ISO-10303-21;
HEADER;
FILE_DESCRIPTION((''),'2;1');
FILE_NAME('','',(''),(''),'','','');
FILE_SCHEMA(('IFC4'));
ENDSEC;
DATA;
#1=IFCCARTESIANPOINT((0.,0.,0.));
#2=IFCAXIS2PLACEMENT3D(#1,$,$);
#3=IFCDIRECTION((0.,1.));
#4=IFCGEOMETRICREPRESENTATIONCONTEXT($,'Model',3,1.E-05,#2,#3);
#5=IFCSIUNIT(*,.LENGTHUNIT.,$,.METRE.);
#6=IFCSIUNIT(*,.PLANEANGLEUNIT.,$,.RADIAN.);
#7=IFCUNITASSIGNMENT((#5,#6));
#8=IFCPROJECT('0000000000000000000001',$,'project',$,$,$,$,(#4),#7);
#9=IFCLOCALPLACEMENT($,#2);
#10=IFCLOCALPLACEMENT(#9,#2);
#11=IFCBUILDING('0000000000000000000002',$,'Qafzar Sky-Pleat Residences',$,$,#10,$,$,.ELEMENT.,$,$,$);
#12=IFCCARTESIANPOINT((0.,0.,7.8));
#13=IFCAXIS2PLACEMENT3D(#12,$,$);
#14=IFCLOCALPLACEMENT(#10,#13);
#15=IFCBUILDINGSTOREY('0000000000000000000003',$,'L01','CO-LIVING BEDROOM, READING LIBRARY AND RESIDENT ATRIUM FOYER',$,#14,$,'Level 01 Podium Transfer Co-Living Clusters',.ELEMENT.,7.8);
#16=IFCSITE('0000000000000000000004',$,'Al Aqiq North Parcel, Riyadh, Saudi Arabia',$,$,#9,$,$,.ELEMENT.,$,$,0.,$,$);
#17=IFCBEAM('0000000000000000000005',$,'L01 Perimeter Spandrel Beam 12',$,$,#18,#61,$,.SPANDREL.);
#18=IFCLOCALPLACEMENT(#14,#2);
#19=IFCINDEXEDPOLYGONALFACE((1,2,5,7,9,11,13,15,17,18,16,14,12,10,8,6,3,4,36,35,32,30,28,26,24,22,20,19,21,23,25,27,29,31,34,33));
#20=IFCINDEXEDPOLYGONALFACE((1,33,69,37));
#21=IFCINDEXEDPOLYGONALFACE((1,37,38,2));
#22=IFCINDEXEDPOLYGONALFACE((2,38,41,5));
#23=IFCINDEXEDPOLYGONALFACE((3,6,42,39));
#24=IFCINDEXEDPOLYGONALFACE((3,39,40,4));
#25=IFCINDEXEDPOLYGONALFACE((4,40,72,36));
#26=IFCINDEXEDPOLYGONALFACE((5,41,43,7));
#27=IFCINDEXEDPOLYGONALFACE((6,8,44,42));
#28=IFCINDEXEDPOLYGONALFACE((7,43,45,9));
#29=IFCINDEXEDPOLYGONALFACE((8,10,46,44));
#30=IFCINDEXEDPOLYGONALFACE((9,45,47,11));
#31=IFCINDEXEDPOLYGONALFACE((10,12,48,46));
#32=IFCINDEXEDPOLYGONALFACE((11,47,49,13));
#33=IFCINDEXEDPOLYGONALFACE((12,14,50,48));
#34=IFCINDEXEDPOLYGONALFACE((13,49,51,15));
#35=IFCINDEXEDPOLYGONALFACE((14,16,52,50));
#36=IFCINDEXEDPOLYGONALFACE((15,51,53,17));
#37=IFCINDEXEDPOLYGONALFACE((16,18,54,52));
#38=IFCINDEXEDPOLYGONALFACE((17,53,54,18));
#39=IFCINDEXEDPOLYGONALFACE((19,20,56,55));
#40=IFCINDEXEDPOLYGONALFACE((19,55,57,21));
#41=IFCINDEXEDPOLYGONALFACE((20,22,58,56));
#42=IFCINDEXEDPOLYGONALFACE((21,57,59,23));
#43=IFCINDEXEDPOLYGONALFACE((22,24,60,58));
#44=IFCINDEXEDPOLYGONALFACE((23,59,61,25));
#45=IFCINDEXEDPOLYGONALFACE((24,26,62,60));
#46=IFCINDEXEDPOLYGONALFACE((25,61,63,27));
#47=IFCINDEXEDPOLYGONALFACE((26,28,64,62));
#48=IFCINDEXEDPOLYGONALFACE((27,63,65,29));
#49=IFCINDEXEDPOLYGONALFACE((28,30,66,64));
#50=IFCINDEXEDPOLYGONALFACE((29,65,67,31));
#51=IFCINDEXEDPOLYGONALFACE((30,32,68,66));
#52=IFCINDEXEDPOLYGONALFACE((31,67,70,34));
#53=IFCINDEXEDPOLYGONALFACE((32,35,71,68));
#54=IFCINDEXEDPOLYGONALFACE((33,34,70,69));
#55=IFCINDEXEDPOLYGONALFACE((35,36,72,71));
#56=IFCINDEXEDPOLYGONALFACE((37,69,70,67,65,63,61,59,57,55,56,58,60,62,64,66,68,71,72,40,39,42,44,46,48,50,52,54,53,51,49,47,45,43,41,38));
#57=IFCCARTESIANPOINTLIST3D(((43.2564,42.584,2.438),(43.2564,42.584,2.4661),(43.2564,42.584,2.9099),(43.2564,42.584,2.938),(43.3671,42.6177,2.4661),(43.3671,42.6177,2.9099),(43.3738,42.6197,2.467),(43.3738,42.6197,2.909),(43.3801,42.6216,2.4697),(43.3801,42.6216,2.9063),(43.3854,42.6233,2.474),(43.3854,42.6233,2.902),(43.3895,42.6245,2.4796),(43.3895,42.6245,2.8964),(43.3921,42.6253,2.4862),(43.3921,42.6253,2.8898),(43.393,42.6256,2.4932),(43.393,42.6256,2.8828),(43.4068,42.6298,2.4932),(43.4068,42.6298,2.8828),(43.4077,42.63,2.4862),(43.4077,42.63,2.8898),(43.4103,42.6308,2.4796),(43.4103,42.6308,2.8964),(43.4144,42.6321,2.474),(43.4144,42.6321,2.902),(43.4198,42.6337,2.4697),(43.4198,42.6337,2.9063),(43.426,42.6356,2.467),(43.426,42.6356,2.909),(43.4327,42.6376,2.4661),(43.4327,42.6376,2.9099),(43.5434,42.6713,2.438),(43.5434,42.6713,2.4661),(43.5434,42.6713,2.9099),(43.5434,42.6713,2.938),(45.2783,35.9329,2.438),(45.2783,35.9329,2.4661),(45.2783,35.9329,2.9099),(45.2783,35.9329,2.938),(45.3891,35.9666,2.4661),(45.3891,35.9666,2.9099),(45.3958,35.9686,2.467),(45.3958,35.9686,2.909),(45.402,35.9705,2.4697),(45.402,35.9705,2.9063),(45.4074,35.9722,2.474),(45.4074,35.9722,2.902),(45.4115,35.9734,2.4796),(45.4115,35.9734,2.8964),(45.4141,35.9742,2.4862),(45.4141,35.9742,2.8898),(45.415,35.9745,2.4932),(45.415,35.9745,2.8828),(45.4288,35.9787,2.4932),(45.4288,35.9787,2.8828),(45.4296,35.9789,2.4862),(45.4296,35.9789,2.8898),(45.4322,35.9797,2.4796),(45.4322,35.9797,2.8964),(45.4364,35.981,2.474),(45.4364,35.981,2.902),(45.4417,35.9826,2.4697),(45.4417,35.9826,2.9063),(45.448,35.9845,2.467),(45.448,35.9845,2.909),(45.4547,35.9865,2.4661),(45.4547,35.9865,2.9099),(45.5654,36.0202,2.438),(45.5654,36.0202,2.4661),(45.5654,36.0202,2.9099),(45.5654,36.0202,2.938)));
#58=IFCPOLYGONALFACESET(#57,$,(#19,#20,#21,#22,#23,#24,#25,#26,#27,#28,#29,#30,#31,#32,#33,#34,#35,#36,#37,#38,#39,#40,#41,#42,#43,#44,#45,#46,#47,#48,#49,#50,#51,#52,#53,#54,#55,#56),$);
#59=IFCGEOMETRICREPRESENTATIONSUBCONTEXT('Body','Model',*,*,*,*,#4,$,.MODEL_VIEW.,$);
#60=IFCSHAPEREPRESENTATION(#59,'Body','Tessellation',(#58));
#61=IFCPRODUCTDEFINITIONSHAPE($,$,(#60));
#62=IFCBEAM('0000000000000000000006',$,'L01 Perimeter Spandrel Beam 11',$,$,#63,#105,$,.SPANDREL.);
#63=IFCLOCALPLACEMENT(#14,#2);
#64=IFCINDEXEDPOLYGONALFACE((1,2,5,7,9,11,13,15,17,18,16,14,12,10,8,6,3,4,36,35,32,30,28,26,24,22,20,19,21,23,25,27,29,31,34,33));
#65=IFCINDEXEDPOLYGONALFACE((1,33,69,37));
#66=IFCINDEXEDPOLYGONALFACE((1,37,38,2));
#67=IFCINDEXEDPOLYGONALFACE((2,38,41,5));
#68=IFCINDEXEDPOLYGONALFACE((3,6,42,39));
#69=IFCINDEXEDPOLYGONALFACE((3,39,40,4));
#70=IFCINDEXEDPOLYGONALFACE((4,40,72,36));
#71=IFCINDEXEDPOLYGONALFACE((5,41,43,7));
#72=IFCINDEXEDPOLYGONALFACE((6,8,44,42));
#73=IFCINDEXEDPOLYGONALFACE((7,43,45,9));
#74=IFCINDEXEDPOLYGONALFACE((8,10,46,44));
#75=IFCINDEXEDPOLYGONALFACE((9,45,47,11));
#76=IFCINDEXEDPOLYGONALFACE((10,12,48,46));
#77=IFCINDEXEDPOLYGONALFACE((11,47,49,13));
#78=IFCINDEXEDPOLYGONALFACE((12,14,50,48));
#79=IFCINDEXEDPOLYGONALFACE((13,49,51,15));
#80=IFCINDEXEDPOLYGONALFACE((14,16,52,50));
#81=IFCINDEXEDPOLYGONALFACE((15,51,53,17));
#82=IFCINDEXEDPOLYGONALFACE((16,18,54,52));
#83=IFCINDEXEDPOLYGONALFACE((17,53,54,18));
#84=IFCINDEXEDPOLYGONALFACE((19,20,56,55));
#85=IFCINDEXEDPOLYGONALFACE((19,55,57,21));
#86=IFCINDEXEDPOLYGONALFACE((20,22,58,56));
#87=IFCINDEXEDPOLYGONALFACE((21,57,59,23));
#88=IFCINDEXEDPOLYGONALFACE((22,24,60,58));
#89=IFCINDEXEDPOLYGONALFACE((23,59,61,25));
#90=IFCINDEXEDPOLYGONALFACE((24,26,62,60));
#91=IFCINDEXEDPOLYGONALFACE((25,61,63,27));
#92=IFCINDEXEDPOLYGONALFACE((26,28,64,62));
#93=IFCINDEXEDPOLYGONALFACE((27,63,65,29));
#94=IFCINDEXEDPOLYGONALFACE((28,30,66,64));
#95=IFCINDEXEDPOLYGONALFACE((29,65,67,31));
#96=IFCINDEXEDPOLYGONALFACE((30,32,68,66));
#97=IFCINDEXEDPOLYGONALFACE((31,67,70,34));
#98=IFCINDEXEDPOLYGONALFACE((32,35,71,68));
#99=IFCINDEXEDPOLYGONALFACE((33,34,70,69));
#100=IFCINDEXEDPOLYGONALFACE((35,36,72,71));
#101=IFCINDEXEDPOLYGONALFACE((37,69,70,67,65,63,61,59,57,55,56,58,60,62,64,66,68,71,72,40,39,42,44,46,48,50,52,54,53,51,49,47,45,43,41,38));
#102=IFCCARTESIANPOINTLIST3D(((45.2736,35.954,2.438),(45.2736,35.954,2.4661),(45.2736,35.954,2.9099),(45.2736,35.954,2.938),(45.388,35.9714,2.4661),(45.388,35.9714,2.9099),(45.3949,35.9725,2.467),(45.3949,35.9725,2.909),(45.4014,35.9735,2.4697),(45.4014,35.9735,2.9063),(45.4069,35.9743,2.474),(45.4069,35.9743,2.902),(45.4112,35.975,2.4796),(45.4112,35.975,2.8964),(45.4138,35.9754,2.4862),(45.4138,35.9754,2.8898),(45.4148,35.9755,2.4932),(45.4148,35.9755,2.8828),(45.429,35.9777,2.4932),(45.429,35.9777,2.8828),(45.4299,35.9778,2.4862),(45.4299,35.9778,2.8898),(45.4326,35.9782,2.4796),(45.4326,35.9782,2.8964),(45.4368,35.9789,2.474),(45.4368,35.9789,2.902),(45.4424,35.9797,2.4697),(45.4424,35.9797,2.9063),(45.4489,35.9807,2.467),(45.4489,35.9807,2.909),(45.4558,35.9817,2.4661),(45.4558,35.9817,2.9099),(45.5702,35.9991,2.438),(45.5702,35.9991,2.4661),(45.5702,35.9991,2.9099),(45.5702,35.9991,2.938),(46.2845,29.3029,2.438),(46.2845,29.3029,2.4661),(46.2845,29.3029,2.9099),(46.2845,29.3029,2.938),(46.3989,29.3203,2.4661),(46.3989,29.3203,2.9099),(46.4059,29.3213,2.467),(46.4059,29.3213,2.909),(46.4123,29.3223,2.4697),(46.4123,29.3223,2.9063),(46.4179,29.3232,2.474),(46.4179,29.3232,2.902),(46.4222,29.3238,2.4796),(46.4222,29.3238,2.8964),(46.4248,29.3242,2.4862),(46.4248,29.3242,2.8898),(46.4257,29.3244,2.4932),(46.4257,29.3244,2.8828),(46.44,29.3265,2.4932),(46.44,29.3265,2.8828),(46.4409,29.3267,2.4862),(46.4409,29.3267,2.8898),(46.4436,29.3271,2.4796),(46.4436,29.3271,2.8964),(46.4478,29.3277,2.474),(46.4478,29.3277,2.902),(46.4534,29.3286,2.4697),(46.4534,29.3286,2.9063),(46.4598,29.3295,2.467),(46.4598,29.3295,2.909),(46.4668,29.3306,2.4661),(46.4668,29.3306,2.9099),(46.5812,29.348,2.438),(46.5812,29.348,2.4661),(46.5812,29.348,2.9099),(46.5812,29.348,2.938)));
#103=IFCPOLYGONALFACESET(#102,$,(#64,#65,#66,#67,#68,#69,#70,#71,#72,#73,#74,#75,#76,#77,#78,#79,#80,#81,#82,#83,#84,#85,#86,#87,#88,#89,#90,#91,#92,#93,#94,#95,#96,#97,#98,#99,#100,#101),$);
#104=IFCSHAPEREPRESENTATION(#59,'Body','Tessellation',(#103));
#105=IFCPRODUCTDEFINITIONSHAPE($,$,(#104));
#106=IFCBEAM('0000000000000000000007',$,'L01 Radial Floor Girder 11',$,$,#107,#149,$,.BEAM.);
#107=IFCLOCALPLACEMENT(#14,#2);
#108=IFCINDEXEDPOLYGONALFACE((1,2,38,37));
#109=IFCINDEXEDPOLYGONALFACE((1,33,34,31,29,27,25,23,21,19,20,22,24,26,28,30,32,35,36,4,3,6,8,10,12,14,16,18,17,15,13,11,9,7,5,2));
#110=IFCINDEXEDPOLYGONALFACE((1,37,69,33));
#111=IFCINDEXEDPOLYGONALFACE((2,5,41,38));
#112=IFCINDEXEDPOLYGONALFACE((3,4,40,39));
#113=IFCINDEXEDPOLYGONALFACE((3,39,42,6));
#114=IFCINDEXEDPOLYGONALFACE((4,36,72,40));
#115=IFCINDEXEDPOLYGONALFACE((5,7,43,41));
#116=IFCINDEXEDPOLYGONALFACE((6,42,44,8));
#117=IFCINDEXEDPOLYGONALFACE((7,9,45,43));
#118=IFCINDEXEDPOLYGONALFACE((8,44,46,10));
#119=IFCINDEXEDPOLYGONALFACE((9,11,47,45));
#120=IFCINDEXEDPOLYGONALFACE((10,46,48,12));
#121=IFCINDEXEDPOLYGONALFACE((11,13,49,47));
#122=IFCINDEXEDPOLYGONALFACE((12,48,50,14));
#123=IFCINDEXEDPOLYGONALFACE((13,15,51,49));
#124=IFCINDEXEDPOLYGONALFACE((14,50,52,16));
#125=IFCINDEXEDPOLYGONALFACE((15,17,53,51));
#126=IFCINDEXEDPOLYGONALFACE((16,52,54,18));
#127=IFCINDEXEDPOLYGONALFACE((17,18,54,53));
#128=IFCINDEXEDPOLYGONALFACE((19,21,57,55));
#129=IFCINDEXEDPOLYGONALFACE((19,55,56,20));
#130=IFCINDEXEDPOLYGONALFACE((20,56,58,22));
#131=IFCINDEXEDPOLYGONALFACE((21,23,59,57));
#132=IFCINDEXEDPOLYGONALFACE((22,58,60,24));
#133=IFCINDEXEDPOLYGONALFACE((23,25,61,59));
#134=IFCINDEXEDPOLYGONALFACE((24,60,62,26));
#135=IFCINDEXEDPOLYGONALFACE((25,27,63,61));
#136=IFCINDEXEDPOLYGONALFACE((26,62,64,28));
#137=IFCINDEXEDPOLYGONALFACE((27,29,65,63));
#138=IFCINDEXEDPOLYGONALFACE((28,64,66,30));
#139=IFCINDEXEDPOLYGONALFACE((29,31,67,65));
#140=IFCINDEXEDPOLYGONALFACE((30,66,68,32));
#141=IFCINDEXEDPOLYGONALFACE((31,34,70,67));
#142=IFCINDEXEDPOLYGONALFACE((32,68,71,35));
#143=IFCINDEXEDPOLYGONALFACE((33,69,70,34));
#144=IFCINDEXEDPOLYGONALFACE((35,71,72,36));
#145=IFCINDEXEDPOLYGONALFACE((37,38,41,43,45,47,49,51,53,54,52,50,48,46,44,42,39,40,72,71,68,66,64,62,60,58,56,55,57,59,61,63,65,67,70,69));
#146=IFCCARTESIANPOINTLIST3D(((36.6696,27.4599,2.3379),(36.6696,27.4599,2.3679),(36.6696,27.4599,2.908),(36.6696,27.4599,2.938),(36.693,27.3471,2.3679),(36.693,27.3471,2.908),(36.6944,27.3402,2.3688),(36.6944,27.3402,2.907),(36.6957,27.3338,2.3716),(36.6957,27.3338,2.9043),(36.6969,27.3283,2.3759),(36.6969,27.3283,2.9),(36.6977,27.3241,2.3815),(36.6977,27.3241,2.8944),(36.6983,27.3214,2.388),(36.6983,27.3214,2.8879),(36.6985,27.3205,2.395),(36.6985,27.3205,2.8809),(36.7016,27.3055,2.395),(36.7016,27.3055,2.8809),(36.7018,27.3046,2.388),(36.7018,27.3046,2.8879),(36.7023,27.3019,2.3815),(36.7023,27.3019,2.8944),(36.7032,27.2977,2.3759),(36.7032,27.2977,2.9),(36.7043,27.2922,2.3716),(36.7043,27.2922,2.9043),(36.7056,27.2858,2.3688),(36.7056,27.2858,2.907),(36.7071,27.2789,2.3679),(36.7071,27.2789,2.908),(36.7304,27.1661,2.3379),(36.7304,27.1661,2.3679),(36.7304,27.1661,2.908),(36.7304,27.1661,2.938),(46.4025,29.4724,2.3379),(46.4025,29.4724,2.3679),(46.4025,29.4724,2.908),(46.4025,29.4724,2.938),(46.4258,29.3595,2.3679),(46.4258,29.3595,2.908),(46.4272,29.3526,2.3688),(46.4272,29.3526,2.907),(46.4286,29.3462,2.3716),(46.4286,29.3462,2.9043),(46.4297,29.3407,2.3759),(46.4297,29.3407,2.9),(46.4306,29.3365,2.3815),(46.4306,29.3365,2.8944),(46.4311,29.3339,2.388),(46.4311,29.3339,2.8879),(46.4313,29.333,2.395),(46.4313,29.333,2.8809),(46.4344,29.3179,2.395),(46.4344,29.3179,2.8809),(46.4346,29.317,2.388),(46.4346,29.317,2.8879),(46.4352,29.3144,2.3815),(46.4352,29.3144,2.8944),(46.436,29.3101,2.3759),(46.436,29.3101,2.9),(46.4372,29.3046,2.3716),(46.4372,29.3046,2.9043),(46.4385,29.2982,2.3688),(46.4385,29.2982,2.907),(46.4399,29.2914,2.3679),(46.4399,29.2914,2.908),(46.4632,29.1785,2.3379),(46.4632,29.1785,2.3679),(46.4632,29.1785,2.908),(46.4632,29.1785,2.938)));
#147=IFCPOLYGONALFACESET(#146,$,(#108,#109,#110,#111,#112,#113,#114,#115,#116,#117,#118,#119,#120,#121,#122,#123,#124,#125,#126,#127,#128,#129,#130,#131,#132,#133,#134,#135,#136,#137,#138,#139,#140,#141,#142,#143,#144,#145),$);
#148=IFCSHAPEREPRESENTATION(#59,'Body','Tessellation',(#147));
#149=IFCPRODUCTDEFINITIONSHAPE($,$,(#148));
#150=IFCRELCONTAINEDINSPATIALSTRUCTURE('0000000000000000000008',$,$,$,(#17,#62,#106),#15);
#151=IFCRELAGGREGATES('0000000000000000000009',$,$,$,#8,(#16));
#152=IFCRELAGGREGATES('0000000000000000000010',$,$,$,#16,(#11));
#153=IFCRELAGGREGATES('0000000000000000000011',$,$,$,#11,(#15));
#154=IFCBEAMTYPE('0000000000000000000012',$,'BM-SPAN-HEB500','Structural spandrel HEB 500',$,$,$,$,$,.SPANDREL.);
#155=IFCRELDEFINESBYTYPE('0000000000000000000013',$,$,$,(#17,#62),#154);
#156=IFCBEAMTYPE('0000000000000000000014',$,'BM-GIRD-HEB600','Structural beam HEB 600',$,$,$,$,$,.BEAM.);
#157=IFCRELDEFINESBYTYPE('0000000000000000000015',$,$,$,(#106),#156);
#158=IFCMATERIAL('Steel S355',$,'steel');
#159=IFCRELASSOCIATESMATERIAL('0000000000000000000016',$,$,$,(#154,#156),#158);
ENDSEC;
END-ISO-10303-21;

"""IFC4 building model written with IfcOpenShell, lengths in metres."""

from ifc_helpers import new_model, si_unit, direction, frame, origin, origin_2d, place, context, subcontext, project, spatial, i_section, extrude, source, transform, mapped, material, material_profile, profile_set, type_object, element, save


model = new_model("IFC4")

# Units and contexts
model_context = context("Model", 3, precision=1e-05, world=origin(), true_north=direction((0.0, 1.0)))
body_context = subcontext(model_context, "Body", "Model", "MODEL_VIEW")
ifc_project = project(units=[si_unit("LENGTHUNIT", "METRE"), si_unit("PLANEANGLEUNIT", "RADIAN")], contexts=[model_context])

# Site, building, storey
site_placement = place(None, origin())
site = spatial("IfcSite", under=ifc_project, at=site_placement, Name="Al Aqiq North Parcel, Riyadh, Saudi Arabia", CompositionType="ELEMENT", RefElevation=0.0)
building_placement = place(site_placement, origin())
building = spatial("IfcBuilding", under=site, at=building_placement, Name="Qafzar Sky-Pleat Residences", CompositionType="ELEMENT")
storey_placement = place(building_placement, frame((0.0, 0.0, 7.8)))
storey = spatial("IfcBuildingStorey", under=building, at=storey_placement, Name="L01", Description="CO-LIVING BEDROOM, READING LIBRARY AND RESIDENT ATRIUM FOYER", LongName="Level 01 Podium Transfer Co-Living Clusters", CompositionType="ELEMENT", Elevation=7.8)

# Beams
ifc_material_1 = material(Name="Steel S355", Category="steel")
ifc_material_profile_1 = material_profile(ifc_material_1, i_section(OverallWidth=0.3, OverallDepth=0.5, WebThickness=0.0144, FlangeThickness=0.0281, FilletRadius=0.0271, at=origin_2d()), Name="HEB 500")
ifc_profile_set_1 = profile_set([ifc_material_profile_1], Name="Steel S355")
beam_type_1 = type_object("IfcBeamType", Name="BM-SPAN-HEB500", Description="Structural spandrel HEB 500", PredefinedType="SPANDREL", material=ifc_profile_set_1)
shared_shape_1 = source(origin(), body_context, "Body", "SweptSolid", [
    extrude(i_section(OverallWidth=0.3, OverallDepth=0.5, WebThickness=0.0144, FlangeThickness=0.0281, FilletRadius=0.0271, at=origin_2d()), origin(), (0.0, 0.0, 1.0), 6.9517),
])
beam_1_placement = place(storey_placement, frame((45.4219, 35.9766, 2.688), z_axis=(-0.290861, 0.956765, 0.0), x_axis=(-0.956765, -0.290861, 0.0)))
element("IfcBeam", 1, at=beam_1_placement, inside=storey, type_object=beam_type_1, Name="L01 Perimeter Spandrel Beam 12", PredefinedType="SPANDREL", context=body_context, shape_type="MappedRepresentation", body=[
    mapped(shared_shape_1, transform((0.0, 0.0, 0.0), x_axis=(1.0, 0.0, 0.0), y_axis=(0.0, 1.0, 0.0), z_axis=(0.0, 0.0, 1.0), scale=1.0)),
])
shared_shape_2 = source(origin(), body_context, "Body", "SweptSolid", [
    extrude(i_section(OverallWidth=0.3, OverallDepth=0.5, WebThickness=0.0144, FlangeThickness=0.0281, FilletRadius=0.0271, at=origin_2d()), origin(), (0.0, 0.0, 1.0), 6.7275),
])
beam_2_placement = place(storey_placement, frame((46.4329, 29.3254, 2.688), z_axis=(-0.150276, 0.988644, 0.0), x_axis=(-0.988644, -0.150276, 0.0)))
element("IfcBeam", 2, at=beam_2_placement, inside=storey, type_object=beam_type_1, Name="L01 Perimeter Spandrel Beam 11", PredefinedType="SPANDREL", context=body_context, shape_type="MappedRepresentation", body=[
    mapped(shared_shape_2, transform((0.0, 0.0, 0.0), x_axis=(1.0, 0.0, 0.0), y_axis=(0.0, 1.0, 0.0), z_axis=(0.0, 0.0, 1.0), scale=1.0)),
])
ifc_material_profile_2 = material_profile(ifc_material_1, i_section(OverallWidth=0.3, OverallDepth=0.6001, WebThickness=0.0154, FlangeThickness=0.03, FilletRadius=0.0271, at=origin_2d()), Name="HEB 600")
ifc_profile_set_2 = profile_set([ifc_material_profile_2], Name="Steel S355")
beam_type_2 = type_object("IfcBeamType", Name="BM-GIRD-HEB600", Description="Structural beam HEB 600", PredefinedType="BEAM", material=ifc_profile_set_2)
shared_shape_3 = source(origin(), body_context, "Body", "SweptSolid", [
    extrude(i_section(OverallWidth=0.3, OverallDepth=0.6001, WebThickness=0.0154, FlangeThickness=0.03, FilletRadius=0.0271, at=origin_2d()), origin(), (0.0, 0.0, 1.0), 9.9387),
])
beam_3_placement = place(storey_placement, frame((46.4329, 29.3254, 2.6379), z_axis=(-0.979285, -0.202485, 0.0), x_axis=(0.202485, -0.979285, 0.0)))
element("IfcBeam", 3, at=beam_3_placement, inside=storey, type_object=beam_type_2, Name="L01 Radial Floor Girder 11", PredefinedType="BEAM", context=body_context, shape_type="MappedRepresentation", body=[
    mapped(shared_shape_3, transform((0.0, 0.0, 0.0), x_axis=(1.0, 0.0, 0.0), y_axis=(0.0, 1.0, 0.0), z_axis=(0.0, 0.0, 1.0), scale=1.0)),
])

save(model, "model.ifc")
